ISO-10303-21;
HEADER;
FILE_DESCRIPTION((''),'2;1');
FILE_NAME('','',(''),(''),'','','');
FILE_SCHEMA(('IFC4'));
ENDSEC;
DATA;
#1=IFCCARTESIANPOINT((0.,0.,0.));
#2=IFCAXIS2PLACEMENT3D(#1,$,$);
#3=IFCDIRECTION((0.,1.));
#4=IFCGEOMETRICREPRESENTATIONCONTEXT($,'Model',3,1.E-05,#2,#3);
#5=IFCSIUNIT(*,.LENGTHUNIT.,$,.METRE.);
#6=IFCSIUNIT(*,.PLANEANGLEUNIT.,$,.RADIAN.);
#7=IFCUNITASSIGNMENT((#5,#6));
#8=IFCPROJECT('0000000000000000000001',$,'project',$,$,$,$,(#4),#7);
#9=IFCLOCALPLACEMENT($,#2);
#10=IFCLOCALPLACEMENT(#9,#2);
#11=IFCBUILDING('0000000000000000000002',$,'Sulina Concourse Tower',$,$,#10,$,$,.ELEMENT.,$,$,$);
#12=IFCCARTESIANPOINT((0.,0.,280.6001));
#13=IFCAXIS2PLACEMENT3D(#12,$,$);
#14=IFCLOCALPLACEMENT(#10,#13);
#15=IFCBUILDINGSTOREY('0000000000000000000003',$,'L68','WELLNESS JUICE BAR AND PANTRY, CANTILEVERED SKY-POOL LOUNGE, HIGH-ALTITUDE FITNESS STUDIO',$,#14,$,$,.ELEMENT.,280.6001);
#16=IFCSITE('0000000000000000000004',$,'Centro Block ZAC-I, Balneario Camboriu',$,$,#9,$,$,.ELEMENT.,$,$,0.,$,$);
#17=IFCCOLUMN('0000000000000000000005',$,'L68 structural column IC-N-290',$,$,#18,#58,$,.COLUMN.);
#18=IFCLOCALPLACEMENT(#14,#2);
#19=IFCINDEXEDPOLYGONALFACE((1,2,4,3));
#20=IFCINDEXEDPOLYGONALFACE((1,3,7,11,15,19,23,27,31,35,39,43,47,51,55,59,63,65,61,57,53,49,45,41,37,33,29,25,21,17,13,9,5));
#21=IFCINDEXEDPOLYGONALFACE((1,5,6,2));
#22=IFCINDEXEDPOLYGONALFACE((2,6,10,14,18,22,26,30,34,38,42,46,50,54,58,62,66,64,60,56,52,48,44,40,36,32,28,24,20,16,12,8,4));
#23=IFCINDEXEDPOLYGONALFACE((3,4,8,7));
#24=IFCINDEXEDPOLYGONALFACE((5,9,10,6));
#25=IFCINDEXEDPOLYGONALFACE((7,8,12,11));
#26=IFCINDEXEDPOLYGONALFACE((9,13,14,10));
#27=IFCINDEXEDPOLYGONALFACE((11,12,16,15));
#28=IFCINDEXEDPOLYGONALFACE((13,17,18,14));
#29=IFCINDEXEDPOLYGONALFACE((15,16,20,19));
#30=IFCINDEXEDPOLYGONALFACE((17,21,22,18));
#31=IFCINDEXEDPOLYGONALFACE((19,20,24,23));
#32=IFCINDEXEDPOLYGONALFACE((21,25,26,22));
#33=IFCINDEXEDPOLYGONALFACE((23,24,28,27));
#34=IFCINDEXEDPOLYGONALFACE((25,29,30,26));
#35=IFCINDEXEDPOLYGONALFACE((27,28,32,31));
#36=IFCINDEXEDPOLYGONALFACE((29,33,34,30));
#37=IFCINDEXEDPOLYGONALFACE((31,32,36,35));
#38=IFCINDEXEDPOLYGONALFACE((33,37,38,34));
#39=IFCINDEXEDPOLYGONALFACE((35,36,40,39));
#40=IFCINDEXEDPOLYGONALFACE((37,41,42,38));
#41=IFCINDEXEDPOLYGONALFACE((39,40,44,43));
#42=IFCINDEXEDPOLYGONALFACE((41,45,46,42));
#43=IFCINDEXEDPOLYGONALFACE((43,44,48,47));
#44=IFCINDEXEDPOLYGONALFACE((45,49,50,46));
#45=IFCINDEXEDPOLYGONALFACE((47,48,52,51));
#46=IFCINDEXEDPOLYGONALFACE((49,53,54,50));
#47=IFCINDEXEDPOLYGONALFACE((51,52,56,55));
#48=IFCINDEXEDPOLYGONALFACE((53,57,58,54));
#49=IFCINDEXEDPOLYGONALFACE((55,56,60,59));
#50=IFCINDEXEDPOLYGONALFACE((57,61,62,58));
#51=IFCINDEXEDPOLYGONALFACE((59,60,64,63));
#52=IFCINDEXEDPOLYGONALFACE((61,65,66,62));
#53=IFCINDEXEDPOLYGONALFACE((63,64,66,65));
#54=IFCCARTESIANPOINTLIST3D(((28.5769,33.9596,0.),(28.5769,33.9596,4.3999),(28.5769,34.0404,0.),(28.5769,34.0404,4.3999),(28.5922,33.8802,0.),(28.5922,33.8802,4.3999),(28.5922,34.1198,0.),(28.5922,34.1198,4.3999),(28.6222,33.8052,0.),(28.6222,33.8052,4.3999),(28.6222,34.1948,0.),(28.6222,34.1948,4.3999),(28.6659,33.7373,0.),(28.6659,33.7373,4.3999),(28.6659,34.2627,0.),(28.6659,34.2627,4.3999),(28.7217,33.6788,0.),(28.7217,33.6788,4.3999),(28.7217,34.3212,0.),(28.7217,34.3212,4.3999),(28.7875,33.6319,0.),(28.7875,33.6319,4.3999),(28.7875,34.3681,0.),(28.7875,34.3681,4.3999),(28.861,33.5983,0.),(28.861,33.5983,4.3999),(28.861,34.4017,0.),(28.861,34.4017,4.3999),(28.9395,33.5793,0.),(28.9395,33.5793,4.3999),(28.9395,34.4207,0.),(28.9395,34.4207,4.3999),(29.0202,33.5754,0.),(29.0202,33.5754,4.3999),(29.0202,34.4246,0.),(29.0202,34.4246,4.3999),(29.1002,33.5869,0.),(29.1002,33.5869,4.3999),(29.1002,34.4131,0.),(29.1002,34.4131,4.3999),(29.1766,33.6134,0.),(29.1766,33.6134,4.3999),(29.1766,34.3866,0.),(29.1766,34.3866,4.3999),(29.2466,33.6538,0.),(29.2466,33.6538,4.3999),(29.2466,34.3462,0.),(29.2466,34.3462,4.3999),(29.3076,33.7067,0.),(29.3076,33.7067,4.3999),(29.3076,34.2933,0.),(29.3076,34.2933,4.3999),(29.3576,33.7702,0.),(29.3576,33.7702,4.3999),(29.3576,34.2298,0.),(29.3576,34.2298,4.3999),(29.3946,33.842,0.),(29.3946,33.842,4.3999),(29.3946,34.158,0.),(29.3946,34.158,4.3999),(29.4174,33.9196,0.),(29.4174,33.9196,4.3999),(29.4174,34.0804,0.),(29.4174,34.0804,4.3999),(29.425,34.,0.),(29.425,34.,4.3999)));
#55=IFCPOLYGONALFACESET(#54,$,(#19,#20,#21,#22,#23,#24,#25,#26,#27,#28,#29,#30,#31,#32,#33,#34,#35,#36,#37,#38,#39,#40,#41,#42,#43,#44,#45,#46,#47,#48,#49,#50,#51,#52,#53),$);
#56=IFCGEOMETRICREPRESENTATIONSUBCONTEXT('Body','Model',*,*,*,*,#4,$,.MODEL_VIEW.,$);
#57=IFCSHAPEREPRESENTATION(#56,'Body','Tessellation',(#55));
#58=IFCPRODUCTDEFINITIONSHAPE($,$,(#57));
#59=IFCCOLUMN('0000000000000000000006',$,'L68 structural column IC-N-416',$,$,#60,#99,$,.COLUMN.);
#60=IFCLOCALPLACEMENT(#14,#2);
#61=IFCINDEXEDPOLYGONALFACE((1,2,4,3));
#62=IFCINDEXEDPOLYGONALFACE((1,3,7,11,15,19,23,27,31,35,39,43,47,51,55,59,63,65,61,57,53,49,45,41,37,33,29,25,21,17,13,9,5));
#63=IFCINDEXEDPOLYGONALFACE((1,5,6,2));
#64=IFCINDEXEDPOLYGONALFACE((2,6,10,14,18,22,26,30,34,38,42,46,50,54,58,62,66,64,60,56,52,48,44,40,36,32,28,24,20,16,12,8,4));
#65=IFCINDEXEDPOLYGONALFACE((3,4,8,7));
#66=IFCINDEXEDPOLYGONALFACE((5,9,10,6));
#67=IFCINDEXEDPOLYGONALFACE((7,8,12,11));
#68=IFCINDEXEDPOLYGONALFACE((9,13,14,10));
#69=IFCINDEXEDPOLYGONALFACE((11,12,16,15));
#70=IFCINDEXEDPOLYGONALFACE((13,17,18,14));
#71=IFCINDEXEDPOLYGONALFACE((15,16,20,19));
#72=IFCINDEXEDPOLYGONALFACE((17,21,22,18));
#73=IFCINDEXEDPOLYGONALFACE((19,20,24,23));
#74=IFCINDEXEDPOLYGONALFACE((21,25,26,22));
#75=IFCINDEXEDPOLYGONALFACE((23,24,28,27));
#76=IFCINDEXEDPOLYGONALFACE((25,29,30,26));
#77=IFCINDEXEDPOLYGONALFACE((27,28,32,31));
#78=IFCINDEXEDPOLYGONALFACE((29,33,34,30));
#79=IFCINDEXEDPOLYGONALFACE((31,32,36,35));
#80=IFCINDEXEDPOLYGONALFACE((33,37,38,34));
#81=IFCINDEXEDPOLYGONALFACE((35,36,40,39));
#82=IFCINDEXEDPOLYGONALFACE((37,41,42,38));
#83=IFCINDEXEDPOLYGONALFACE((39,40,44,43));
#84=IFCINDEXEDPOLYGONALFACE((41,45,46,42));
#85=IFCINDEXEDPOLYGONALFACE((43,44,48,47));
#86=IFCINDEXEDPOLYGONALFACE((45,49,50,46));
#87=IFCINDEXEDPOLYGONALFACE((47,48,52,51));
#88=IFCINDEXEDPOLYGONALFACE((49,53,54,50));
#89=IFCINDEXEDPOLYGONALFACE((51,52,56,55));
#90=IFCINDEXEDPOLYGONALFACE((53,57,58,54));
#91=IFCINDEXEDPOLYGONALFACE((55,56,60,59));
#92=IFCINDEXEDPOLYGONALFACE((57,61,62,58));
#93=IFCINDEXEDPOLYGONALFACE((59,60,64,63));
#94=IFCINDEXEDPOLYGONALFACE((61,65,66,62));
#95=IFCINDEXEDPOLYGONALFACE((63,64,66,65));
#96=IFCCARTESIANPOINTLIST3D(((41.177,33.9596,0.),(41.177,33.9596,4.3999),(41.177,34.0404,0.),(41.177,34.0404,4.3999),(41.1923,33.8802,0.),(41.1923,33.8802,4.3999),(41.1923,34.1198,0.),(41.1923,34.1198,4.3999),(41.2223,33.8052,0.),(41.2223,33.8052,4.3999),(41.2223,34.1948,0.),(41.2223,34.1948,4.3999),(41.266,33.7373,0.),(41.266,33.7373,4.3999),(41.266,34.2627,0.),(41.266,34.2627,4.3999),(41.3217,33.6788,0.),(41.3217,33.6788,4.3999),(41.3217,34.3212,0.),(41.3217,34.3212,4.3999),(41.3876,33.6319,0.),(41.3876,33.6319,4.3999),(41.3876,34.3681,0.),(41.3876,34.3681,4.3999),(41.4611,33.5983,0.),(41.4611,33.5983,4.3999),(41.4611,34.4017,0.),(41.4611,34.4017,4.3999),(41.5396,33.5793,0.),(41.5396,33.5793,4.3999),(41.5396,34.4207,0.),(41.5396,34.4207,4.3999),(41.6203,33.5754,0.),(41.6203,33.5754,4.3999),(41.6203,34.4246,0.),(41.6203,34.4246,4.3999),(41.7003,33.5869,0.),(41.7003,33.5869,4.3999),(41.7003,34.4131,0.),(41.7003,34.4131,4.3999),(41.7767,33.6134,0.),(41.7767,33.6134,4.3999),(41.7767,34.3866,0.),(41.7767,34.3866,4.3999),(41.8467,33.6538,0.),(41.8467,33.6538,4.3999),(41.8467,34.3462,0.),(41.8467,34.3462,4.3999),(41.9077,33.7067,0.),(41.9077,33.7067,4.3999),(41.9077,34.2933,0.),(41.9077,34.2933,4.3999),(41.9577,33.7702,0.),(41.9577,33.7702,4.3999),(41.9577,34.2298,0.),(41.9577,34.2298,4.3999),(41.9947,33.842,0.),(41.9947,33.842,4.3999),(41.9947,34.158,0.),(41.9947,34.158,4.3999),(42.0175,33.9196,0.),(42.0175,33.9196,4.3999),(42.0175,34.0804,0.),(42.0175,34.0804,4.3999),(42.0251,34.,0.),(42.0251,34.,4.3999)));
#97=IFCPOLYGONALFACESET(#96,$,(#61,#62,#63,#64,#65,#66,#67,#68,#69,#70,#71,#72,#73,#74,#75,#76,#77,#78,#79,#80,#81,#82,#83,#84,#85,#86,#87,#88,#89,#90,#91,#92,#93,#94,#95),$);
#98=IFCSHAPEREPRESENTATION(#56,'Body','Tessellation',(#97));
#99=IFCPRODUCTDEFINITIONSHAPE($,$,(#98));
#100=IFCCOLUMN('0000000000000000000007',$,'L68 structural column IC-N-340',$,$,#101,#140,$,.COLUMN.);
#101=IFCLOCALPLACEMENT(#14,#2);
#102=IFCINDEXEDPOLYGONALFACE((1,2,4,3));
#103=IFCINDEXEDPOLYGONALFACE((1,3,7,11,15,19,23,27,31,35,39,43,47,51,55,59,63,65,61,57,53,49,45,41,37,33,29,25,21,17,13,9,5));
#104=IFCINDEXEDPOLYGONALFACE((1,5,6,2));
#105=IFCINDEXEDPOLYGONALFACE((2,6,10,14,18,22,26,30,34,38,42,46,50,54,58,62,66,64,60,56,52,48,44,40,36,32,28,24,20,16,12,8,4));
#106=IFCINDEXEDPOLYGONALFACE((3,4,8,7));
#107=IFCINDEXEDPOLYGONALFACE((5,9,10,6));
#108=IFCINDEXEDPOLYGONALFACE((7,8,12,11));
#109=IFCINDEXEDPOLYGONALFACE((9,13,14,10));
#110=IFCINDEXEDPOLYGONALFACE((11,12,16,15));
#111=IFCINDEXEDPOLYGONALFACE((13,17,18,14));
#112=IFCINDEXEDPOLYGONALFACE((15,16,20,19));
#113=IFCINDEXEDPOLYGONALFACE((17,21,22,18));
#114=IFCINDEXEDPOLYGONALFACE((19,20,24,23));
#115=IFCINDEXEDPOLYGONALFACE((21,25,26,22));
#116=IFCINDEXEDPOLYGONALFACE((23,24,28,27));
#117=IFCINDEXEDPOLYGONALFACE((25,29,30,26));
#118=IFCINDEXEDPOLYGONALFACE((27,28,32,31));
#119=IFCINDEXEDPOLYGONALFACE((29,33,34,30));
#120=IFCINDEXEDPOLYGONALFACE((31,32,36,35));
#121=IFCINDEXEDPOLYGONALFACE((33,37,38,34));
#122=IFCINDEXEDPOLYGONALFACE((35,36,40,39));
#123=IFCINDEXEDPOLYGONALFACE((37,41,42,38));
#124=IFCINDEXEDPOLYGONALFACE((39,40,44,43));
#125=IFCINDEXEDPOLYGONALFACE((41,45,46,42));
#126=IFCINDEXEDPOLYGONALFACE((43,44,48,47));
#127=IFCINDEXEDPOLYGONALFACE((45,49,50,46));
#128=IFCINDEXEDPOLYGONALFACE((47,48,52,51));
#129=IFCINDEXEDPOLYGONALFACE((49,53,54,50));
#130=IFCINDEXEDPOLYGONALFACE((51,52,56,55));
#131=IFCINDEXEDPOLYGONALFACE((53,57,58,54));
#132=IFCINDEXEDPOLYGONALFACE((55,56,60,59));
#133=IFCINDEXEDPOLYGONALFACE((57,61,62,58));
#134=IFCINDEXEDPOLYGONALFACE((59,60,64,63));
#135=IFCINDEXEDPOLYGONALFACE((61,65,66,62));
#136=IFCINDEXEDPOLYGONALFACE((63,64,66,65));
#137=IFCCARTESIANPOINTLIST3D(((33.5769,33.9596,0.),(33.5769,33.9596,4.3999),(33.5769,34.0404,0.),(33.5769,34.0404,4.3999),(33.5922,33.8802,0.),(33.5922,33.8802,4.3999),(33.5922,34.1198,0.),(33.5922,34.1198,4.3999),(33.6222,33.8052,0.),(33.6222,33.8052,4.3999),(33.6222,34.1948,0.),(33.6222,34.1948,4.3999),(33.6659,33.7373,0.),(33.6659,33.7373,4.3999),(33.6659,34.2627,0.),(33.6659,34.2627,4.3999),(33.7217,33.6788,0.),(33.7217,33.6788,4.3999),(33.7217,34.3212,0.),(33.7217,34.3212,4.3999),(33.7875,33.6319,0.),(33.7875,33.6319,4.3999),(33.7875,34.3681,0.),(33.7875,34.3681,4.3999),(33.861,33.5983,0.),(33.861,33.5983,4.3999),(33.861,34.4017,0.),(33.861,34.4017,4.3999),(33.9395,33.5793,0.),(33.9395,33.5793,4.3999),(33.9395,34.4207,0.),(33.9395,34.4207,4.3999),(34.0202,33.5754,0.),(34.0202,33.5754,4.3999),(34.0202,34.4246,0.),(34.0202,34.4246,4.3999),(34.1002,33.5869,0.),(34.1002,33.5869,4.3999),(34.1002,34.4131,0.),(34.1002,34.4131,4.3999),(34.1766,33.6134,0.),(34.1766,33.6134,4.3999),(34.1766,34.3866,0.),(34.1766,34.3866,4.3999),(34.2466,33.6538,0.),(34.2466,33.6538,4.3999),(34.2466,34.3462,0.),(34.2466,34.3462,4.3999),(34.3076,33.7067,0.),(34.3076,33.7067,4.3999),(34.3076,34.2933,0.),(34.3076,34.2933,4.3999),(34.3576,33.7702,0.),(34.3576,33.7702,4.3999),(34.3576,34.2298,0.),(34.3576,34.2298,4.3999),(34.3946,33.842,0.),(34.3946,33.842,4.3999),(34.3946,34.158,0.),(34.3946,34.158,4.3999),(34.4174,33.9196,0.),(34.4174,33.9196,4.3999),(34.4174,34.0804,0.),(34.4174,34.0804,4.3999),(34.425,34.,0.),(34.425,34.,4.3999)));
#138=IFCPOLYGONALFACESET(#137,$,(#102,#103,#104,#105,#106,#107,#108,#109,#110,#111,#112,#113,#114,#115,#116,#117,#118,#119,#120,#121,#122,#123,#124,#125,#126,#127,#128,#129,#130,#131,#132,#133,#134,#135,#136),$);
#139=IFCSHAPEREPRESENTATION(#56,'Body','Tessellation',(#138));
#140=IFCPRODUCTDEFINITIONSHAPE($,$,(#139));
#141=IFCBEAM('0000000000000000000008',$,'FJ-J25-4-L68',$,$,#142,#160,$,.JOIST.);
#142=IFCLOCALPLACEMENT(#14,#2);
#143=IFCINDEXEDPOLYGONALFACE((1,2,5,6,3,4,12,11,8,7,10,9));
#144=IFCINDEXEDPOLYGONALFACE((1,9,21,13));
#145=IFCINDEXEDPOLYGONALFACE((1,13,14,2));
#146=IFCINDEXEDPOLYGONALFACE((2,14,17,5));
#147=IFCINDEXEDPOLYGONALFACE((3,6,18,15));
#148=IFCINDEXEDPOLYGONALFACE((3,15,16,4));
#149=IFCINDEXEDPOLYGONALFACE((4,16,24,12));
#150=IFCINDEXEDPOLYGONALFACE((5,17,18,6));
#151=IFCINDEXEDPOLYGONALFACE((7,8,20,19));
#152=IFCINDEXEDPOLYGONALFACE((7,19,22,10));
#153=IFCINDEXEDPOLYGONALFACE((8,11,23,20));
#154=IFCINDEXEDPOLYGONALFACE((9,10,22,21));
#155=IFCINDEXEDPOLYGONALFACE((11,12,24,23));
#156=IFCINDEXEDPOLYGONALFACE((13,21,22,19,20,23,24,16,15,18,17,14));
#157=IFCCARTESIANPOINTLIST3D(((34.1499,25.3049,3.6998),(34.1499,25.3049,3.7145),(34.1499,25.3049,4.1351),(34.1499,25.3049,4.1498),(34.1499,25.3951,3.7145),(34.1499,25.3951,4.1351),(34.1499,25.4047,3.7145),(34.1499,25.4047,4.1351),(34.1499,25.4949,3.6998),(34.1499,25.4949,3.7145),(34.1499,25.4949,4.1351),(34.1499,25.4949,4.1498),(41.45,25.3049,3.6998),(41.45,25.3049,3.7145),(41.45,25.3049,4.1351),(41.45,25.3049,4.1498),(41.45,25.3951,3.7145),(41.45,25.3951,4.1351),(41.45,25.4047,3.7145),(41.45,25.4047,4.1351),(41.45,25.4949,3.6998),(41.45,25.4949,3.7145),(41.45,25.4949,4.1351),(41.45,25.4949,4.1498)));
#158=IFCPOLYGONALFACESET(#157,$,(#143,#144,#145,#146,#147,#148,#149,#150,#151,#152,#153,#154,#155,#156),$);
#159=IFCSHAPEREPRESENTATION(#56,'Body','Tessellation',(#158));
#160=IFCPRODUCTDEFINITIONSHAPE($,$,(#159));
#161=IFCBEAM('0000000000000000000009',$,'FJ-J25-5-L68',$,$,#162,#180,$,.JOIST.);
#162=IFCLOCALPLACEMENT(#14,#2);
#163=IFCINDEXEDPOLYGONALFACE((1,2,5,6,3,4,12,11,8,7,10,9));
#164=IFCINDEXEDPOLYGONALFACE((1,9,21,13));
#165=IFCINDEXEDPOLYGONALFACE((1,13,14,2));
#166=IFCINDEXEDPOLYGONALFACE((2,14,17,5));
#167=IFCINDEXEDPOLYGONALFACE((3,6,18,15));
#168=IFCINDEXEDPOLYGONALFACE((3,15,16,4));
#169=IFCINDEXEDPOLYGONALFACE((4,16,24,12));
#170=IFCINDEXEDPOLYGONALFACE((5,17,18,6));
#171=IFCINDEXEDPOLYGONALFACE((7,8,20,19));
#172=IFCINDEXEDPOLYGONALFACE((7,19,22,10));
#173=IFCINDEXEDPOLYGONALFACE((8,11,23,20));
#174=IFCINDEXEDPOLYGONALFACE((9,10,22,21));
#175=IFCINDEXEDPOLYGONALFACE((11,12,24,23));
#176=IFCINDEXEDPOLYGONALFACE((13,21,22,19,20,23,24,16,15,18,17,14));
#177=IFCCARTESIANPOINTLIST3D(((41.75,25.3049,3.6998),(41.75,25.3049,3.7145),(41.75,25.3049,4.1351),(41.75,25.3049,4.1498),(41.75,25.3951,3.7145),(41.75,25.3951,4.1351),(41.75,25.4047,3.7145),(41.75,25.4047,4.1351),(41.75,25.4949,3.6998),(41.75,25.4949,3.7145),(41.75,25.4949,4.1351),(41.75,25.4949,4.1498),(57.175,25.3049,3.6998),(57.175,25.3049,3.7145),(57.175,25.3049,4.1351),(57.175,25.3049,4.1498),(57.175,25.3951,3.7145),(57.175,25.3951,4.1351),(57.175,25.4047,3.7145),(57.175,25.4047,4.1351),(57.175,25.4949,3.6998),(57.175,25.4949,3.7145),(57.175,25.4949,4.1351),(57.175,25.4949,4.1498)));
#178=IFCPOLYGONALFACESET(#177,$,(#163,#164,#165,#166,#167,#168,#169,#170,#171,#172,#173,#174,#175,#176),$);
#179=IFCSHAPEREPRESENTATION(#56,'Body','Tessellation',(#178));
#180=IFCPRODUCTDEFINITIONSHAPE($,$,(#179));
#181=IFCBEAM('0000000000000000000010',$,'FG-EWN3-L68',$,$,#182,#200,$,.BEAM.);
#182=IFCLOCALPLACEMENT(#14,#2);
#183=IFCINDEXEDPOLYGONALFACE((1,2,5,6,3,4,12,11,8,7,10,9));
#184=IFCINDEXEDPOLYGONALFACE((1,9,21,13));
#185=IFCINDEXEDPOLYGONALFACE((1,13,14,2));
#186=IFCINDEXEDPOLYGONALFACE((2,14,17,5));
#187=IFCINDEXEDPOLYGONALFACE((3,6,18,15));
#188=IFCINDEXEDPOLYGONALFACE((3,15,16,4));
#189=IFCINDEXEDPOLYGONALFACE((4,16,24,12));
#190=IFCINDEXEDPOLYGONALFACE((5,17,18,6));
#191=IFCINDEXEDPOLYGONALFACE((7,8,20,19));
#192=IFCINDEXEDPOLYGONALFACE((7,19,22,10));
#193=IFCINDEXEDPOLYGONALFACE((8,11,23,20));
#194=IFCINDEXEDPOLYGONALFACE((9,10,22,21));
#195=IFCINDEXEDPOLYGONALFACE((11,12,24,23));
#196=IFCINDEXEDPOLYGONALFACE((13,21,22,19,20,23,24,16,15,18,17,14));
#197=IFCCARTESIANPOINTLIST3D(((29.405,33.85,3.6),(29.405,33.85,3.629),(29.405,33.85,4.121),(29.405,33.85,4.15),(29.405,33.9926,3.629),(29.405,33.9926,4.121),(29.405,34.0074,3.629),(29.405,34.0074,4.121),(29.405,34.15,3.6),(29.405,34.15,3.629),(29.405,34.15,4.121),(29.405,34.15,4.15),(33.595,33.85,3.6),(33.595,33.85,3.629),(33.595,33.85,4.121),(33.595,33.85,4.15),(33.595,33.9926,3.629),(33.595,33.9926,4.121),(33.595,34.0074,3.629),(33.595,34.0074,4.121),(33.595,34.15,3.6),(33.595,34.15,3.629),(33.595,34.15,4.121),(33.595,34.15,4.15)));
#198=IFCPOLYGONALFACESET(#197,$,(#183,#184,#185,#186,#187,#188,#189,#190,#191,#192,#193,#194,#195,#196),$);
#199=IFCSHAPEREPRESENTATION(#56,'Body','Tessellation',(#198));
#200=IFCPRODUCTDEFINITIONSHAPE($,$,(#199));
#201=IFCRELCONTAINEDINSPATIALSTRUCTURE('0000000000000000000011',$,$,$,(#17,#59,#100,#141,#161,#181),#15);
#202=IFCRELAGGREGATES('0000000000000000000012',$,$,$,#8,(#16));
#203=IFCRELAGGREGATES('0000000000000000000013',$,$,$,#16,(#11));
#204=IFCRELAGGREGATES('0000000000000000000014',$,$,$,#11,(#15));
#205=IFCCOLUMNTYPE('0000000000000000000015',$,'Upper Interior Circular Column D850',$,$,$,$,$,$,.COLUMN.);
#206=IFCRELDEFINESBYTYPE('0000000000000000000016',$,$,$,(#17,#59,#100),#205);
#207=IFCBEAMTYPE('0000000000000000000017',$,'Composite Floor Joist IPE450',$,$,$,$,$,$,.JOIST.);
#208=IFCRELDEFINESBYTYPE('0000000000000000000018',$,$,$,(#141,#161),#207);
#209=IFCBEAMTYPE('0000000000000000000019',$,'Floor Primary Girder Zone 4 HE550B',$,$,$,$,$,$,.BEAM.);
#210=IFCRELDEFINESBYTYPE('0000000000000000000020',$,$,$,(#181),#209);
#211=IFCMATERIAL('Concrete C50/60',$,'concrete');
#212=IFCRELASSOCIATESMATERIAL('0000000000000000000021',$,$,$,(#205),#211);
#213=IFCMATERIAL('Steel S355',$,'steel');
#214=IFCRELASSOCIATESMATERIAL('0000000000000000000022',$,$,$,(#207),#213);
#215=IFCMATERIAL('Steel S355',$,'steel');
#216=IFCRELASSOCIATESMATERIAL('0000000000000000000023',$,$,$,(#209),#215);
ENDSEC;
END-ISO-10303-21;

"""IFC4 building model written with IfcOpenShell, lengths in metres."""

from ifc_helpers import new_model, si_unit, direction, frame, origin, origin_2d, place, context, subcontext, project, spatial, circle, i_section, extrude, material, material_profile, profile_set, type_object, element, save


model = new_model("IFC4")

# Units and contexts
model_context = context("Model", 3, precision=1e-05, world=origin(), true_north=direction((0.0, 1.0)))
body_context = subcontext(model_context, "Body", "Model", "MODEL_VIEW")
ifc_project = project(units=[si_unit("LENGTHUNIT", "METRE"), si_unit("PLANEANGLEUNIT", "RADIAN")], contexts=[model_context])

# Site, building, storey
site_placement = place(None, origin())
site = spatial("IfcSite", under=ifc_project, at=site_placement, Name="Centro Block ZAC-I, Balneario Camboriu", CompositionType="ELEMENT", RefElevation=0.0)
building_placement = place(site_placement, origin())
building = spatial("IfcBuilding", under=site, at=building_placement, Name="Sulina Concourse Tower", CompositionType="ELEMENT")
storey_placement = place(building_placement, frame((0.0, 0.0, 280.6001)))
storey = spatial("IfcBuildingStorey", under=building, at=storey_placement, Name="L68", Description="WELLNESS JUICE BAR AND PANTRY, CANTILEVERED SKY-POOL LOUNGE, HIGH-ALTITUDE FITNESS STUDIO", CompositionType="ELEMENT", Elevation=280.6001)

# Columns
ifc_material_1 = material(Name="Concrete C50/60", Category="concrete")
ifc_material_profile_1 = material_profile(ifc_material_1, circle(Radius=0.425, at=origin_2d()), Name="RC D850")
ifc_profile_set_1 = profile_set([ifc_material_profile_1], Name="Concrete C50/60")
column_type = type_object("IfcColumnType", Name="Upper Interior Circular Column D850", PredefinedType="COLUMN", material=ifc_profile_set_1)
for number, where, z_axis, x_axis, name in (
    (1, (29.0, 34.0, 0.0), (0.0, 0.0, 1.0), (1.0, 0.0, 0.0), "L68 structural column IC-N-290"),
    (2, (41.6001, 34.0, 0.0), (0.0, 0.0, 1.0), (1.0, 0.0, 0.0), "L68 structural column IC-N-416"),
    (3, (34.0, 34.0, 0.0), (0.0, 0.0, 1.0), (1.0, 0.0, 0.0), "L68 structural column IC-N-340"),
):
    element("IfcColumn", number, at=place(storey_placement, frame(where, z_axis=z_axis, x_axis=x_axis)), inside=storey, type_object=column_type, Name=name, PredefinedType="COLUMN", context=body_context, shape_type="SweptSolid", body=[
        extrude(circle(Radius=0.425, at=origin_2d()), origin(), (0.0, 0.0, 1.0), 4.3999),
    ])

# Beams
ifc_material_2 = material(Name="Steel S355", Category="steel")
ifc_material_profile_2 = material_profile(ifc_material_2, i_section(OverallWidth=0.1899, OverallDepth=0.45, WebThickness=0.0095, FlangeThickness=0.0146, at=origin_2d()), Name="IPE 450")
ifc_profile_set_2 = profile_set([ifc_material_profile_2], Name="Steel S355")
beam_type_1 = type_object("IfcBeamType", Name="Composite Floor Joist IPE450", PredefinedType="JOIST", material=ifc_profile_set_2)
beam_1_placement = place(storey_placement, frame((34.1499, 25.3999, 3.9248), z_axis=(1.0, 0.0, 0.0), x_axis=(0.0, 1.0, 0.0)))
element("IfcBeam", 4, at=beam_1_placement, inside=storey, type_object=beam_type_1, Name="FJ-J25-4-L68", PredefinedType="JOIST", context=body_context, shape_type="SweptSolid", body=[
    extrude(i_section(OverallWidth=0.1899, OverallDepth=0.45, WebThickness=0.0095, FlangeThickness=0.0146, at=origin_2d()), origin(), (0.0, 0.0, 1.0), 7.3),
])
beam_2_placement = place(storey_placement, frame((41.75, 25.3999, 3.9248), z_axis=(1.0, 0.0, 0.0), x_axis=(0.0, 1.0, 0.0)))
element("IfcBeam", 5, at=beam_2_placement, inside=storey, type_object=beam_type_1, Name="FJ-J25-5-L68", PredefinedType="JOIST", context=body_context, shape_type="SweptSolid", body=[
    extrude(i_section(OverallWidth=0.1899, OverallDepth=0.45, WebThickness=0.0095, FlangeThickness=0.0146, at=origin_2d()), origin(), (0.0, 0.0, 1.0), 15.425),
])
ifc_material_3 = material(Name="Steel S355", Category="steel")
ifc_material_profile_3 = material_profile(ifc_material_3, i_section(OverallWidth=0.3, OverallDepth=0.55, WebThickness=0.0149, FlangeThickness=0.0291, at=origin_2d()), Name="HE 550 B")
ifc_profile_set_3 = profile_set([ifc_material_profile_3], Name="Steel S355")
beam_type_2 = type_object("IfcBeamType", Name="Floor Primary Girder Zone 4 HE550B", PredefinedType="BEAM", material=ifc_profile_set_3)
beam_3_placement = place(storey_placement, frame((29.405, 34.0, 3.875), z_axis=(1.0, 0.0, 0.0), x_axis=(0.0, 1.0, 0.0)))
element("IfcBeam", 6, at=beam_3_placement, inside=storey, type_object=beam_type_2, Name="FG-EWN3-L68", PredefinedType="BEAM", context=body_context, shape_type="SweptSolid", body=[
    extrude(i_section(OverallWidth=0.3, OverallDepth=0.55, WebThickness=0.0149, FlangeThickness=0.0291, at=origin_2d()), origin(), (0.0, 0.0, 1.0), 4.1899),
])

save(model, "model.ifc")
